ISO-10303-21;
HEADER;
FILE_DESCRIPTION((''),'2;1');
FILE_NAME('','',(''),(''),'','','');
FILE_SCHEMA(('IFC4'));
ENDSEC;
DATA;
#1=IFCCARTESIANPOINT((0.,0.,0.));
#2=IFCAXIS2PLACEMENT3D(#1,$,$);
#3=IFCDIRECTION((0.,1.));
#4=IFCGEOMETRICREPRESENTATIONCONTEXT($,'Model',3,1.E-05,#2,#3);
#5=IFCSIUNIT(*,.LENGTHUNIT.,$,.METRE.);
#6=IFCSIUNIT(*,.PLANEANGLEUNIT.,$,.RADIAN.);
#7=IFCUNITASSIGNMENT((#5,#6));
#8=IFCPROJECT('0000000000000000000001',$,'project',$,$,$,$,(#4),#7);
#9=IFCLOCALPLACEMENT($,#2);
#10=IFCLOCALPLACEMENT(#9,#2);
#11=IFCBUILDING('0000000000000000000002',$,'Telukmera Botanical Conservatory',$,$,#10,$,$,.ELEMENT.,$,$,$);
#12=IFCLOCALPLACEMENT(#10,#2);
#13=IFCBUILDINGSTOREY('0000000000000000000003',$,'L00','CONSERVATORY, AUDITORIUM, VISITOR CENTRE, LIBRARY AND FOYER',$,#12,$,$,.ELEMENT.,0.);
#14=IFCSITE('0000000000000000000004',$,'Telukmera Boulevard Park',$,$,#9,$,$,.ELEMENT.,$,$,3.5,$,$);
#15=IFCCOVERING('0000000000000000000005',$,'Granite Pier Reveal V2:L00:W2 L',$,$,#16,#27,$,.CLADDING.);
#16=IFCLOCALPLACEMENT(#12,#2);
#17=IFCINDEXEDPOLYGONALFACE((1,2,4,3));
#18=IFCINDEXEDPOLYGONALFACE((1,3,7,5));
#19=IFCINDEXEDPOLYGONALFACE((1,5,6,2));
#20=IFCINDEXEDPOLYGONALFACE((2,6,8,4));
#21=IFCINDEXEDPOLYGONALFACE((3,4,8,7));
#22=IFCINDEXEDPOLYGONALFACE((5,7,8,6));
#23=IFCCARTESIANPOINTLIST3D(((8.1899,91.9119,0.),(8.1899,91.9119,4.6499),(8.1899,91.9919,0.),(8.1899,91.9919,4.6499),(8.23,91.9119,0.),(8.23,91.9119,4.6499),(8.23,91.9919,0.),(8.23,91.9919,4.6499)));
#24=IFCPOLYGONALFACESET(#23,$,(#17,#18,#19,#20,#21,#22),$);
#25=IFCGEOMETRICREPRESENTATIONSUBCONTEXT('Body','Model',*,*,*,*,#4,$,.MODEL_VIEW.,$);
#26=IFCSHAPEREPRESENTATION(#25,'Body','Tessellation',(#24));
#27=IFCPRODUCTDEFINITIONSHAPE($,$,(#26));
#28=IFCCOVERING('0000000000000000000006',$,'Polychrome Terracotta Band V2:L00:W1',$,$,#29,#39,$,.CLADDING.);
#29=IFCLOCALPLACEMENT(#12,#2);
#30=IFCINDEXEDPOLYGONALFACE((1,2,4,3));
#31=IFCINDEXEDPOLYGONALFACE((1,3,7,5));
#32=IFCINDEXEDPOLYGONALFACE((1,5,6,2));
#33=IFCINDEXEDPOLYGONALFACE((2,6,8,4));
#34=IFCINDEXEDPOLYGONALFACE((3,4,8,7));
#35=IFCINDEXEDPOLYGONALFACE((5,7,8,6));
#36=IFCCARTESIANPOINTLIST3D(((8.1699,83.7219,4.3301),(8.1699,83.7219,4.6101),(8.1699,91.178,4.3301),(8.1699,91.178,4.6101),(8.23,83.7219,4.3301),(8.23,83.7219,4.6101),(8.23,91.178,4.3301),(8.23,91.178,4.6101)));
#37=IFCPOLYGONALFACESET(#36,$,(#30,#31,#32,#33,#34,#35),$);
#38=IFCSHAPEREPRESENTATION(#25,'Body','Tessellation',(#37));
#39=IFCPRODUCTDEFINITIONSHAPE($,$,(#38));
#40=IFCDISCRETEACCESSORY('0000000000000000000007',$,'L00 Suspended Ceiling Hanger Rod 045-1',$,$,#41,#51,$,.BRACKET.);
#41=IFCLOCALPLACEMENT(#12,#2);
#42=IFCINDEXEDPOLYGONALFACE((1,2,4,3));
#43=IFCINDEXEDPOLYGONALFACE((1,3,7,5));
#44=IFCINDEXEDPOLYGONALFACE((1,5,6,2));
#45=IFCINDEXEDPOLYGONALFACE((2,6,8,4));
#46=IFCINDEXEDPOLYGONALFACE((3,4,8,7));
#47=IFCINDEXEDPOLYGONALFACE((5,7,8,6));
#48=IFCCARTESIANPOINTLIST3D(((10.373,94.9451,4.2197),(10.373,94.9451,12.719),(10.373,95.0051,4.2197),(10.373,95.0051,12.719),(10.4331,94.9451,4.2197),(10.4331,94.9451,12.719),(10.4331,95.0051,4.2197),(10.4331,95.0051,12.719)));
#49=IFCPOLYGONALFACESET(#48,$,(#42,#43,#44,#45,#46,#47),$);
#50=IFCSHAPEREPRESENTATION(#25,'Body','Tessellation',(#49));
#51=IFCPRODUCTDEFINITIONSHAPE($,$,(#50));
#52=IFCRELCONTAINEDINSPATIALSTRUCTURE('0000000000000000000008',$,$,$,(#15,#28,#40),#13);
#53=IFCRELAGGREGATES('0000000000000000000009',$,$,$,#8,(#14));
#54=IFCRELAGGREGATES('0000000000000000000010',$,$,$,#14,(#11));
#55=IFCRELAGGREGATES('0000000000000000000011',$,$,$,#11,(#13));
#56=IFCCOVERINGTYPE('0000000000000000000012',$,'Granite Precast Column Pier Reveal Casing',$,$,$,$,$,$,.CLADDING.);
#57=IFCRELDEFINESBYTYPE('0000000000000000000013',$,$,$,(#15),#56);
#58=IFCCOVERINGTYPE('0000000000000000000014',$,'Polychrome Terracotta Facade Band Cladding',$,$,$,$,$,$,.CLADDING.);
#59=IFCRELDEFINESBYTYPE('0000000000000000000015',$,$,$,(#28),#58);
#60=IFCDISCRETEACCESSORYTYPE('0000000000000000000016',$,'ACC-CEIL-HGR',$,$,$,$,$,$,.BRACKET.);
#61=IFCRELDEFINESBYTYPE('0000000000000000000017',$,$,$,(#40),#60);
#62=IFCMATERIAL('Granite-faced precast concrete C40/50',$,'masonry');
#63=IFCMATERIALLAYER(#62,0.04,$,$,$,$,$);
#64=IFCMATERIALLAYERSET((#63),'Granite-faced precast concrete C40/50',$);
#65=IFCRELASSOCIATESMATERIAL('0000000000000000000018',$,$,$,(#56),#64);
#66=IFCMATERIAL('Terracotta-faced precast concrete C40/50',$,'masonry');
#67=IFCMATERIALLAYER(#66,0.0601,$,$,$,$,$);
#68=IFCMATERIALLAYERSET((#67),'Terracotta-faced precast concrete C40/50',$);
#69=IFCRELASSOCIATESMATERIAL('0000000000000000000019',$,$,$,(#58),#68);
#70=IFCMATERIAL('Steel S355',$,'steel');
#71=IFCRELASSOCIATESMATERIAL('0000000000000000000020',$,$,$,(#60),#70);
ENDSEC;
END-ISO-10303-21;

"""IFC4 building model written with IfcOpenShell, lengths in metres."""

from ifc_helpers import new_model, si_unit, direction, frame, origin, origin_2d, place, context, subcontext, project, spatial, rectangle, extrude, material, layer, layer_set, type_object, element, save


model = new_model("IFC4")

# Units and contexts
model_context = context("Model", 3, precision=1e-05, world=origin(), true_north=direction((0.0, 1.0)))
body_context = subcontext(model_context, "Body", "Model", "MODEL_VIEW")
ifc_project = project(units=[si_unit("LENGTHUNIT", "METRE"), si_unit("PLANEANGLEUNIT", "RADIAN")], contexts=[model_context])

# Site, building, storey
site_placement = place(None, origin())
site = spatial("IfcSite", under=ifc_project, at=site_placement, Name="Telukmera Boulevard Park", CompositionType="ELEMENT", RefElevation=3.5)
building_placement = place(site_placement, origin())
building = spatial("IfcBuilding", under=site, at=building_placement, Name="Telukmera Botanical Conservatory", CompositionType="ELEMENT")
storey_placement = place(building_placement, origin())
storey = spatial("IfcBuildingStorey", under=building, at=storey_placement, Name="L00", Description="CONSERVATORY, AUDITORIUM, VISITOR CENTRE, LIBRARY AND FOYER", CompositionType="ELEMENT", Elevation=0.0)

# Shared definitions
ifc_material_1 = material(Name="Steel S355", Category="steel")

# Shared definitions
ifc_material_2 = material(Name="Granite-faced precast concrete C40/50", Category="masonry")

# Coverings
ifc_layer_1 = layer(ifc_material_2, 0.04)
ifc_layer_set_1 = layer_set([ifc_layer_1], Name="Granite-faced precast concrete C40/50")
covering_type_1 = type_object("IfcCoveringType", Name="Granite Precast Column Pier Reveal Casing", PredefinedType="CLADDING", material=ifc_layer_set_1)
for number, where, z_axis, x_axis, name in (
    (1, (8.21, 91.9519, 0.0), (0.0, 0.0, 1.0), (0.0, 1.0, 0.0), "Granite Pier Reveal V2:L00:W2 L"),
):
    element("IfcCovering", number, at=place(storey_placement, frame(where, z_axis=z_axis, x_axis=x_axis)), inside=storey, type_object=covering_type_1, Name=name, PredefinedType="CLADDING", context=body_context, shape_type="SweptSolid", body=[
        extrude(rectangle(XDim=0.0801, YDim=0.04, at=origin_2d()), origin(), (0.0, 0.0, 1.0), 4.6499),
    ])
ifc_material_3 = material(Name="Terracotta-faced precast concrete C40/50", Category="masonry")
ifc_layer_2 = layer(ifc_material_3, 0.0601)
ifc_layer_set_2 = layer_set([ifc_layer_2], Name="Terracotta-faced precast concrete C40/50")
covering_type_2 = type_object("IfcCoveringType", Name="Polychrome Terracotta Facade Band Cladding", PredefinedType="CLADDING", material=ifc_layer_set_2)
covering_placement = place(storey_placement, frame((8.2, 87.45, 4.3301), z_axis=(0.0, 0.0, 1.0), x_axis=(0.0, 1.0, 0.0)))
element("IfcCovering", 2, at=covering_placement, inside=storey, type_object=covering_type_2, Name="Polychrome Terracotta Band V2:L00:W1", PredefinedType="CLADDING", context=body_context, shape_type="SweptSolid", body=[
    extrude(rectangle(XDim=7.4561, YDim=0.0601, at=origin_2d()), origin(), (0.0, 0.0, 1.0), 0.28),
])

# Discrete accessory
discrete_accessory_type = type_object("IfcDiscreteAccessoryType", Name="ACC-CEIL-HGR", PredefinedType="BRACKET", material=ifc_material_1)
discrete_accessory_placement = place(storey_placement, frame((10.4031, 94.9751, 4.2197), z_axis=(0.0, 0.0, 1.0), x_axis=(1.0, 0.0, 0.0)))
element("IfcDiscreteAccessory", 3, at=discrete_accessory_placement, inside=storey, type_object=discrete_accessory_type, Name="L00 Suspended Ceiling Hanger Rod 045-1", PredefinedType="BRACKET", context=body_context, shape_type="SweptSolid", body=[
    extrude(rectangle(XDim=0.0601, YDim=0.0601, at=origin_2d()), origin(), (0.0, 0.0, 1.0), 8.4993),
])

save(model, "model.ifc")
